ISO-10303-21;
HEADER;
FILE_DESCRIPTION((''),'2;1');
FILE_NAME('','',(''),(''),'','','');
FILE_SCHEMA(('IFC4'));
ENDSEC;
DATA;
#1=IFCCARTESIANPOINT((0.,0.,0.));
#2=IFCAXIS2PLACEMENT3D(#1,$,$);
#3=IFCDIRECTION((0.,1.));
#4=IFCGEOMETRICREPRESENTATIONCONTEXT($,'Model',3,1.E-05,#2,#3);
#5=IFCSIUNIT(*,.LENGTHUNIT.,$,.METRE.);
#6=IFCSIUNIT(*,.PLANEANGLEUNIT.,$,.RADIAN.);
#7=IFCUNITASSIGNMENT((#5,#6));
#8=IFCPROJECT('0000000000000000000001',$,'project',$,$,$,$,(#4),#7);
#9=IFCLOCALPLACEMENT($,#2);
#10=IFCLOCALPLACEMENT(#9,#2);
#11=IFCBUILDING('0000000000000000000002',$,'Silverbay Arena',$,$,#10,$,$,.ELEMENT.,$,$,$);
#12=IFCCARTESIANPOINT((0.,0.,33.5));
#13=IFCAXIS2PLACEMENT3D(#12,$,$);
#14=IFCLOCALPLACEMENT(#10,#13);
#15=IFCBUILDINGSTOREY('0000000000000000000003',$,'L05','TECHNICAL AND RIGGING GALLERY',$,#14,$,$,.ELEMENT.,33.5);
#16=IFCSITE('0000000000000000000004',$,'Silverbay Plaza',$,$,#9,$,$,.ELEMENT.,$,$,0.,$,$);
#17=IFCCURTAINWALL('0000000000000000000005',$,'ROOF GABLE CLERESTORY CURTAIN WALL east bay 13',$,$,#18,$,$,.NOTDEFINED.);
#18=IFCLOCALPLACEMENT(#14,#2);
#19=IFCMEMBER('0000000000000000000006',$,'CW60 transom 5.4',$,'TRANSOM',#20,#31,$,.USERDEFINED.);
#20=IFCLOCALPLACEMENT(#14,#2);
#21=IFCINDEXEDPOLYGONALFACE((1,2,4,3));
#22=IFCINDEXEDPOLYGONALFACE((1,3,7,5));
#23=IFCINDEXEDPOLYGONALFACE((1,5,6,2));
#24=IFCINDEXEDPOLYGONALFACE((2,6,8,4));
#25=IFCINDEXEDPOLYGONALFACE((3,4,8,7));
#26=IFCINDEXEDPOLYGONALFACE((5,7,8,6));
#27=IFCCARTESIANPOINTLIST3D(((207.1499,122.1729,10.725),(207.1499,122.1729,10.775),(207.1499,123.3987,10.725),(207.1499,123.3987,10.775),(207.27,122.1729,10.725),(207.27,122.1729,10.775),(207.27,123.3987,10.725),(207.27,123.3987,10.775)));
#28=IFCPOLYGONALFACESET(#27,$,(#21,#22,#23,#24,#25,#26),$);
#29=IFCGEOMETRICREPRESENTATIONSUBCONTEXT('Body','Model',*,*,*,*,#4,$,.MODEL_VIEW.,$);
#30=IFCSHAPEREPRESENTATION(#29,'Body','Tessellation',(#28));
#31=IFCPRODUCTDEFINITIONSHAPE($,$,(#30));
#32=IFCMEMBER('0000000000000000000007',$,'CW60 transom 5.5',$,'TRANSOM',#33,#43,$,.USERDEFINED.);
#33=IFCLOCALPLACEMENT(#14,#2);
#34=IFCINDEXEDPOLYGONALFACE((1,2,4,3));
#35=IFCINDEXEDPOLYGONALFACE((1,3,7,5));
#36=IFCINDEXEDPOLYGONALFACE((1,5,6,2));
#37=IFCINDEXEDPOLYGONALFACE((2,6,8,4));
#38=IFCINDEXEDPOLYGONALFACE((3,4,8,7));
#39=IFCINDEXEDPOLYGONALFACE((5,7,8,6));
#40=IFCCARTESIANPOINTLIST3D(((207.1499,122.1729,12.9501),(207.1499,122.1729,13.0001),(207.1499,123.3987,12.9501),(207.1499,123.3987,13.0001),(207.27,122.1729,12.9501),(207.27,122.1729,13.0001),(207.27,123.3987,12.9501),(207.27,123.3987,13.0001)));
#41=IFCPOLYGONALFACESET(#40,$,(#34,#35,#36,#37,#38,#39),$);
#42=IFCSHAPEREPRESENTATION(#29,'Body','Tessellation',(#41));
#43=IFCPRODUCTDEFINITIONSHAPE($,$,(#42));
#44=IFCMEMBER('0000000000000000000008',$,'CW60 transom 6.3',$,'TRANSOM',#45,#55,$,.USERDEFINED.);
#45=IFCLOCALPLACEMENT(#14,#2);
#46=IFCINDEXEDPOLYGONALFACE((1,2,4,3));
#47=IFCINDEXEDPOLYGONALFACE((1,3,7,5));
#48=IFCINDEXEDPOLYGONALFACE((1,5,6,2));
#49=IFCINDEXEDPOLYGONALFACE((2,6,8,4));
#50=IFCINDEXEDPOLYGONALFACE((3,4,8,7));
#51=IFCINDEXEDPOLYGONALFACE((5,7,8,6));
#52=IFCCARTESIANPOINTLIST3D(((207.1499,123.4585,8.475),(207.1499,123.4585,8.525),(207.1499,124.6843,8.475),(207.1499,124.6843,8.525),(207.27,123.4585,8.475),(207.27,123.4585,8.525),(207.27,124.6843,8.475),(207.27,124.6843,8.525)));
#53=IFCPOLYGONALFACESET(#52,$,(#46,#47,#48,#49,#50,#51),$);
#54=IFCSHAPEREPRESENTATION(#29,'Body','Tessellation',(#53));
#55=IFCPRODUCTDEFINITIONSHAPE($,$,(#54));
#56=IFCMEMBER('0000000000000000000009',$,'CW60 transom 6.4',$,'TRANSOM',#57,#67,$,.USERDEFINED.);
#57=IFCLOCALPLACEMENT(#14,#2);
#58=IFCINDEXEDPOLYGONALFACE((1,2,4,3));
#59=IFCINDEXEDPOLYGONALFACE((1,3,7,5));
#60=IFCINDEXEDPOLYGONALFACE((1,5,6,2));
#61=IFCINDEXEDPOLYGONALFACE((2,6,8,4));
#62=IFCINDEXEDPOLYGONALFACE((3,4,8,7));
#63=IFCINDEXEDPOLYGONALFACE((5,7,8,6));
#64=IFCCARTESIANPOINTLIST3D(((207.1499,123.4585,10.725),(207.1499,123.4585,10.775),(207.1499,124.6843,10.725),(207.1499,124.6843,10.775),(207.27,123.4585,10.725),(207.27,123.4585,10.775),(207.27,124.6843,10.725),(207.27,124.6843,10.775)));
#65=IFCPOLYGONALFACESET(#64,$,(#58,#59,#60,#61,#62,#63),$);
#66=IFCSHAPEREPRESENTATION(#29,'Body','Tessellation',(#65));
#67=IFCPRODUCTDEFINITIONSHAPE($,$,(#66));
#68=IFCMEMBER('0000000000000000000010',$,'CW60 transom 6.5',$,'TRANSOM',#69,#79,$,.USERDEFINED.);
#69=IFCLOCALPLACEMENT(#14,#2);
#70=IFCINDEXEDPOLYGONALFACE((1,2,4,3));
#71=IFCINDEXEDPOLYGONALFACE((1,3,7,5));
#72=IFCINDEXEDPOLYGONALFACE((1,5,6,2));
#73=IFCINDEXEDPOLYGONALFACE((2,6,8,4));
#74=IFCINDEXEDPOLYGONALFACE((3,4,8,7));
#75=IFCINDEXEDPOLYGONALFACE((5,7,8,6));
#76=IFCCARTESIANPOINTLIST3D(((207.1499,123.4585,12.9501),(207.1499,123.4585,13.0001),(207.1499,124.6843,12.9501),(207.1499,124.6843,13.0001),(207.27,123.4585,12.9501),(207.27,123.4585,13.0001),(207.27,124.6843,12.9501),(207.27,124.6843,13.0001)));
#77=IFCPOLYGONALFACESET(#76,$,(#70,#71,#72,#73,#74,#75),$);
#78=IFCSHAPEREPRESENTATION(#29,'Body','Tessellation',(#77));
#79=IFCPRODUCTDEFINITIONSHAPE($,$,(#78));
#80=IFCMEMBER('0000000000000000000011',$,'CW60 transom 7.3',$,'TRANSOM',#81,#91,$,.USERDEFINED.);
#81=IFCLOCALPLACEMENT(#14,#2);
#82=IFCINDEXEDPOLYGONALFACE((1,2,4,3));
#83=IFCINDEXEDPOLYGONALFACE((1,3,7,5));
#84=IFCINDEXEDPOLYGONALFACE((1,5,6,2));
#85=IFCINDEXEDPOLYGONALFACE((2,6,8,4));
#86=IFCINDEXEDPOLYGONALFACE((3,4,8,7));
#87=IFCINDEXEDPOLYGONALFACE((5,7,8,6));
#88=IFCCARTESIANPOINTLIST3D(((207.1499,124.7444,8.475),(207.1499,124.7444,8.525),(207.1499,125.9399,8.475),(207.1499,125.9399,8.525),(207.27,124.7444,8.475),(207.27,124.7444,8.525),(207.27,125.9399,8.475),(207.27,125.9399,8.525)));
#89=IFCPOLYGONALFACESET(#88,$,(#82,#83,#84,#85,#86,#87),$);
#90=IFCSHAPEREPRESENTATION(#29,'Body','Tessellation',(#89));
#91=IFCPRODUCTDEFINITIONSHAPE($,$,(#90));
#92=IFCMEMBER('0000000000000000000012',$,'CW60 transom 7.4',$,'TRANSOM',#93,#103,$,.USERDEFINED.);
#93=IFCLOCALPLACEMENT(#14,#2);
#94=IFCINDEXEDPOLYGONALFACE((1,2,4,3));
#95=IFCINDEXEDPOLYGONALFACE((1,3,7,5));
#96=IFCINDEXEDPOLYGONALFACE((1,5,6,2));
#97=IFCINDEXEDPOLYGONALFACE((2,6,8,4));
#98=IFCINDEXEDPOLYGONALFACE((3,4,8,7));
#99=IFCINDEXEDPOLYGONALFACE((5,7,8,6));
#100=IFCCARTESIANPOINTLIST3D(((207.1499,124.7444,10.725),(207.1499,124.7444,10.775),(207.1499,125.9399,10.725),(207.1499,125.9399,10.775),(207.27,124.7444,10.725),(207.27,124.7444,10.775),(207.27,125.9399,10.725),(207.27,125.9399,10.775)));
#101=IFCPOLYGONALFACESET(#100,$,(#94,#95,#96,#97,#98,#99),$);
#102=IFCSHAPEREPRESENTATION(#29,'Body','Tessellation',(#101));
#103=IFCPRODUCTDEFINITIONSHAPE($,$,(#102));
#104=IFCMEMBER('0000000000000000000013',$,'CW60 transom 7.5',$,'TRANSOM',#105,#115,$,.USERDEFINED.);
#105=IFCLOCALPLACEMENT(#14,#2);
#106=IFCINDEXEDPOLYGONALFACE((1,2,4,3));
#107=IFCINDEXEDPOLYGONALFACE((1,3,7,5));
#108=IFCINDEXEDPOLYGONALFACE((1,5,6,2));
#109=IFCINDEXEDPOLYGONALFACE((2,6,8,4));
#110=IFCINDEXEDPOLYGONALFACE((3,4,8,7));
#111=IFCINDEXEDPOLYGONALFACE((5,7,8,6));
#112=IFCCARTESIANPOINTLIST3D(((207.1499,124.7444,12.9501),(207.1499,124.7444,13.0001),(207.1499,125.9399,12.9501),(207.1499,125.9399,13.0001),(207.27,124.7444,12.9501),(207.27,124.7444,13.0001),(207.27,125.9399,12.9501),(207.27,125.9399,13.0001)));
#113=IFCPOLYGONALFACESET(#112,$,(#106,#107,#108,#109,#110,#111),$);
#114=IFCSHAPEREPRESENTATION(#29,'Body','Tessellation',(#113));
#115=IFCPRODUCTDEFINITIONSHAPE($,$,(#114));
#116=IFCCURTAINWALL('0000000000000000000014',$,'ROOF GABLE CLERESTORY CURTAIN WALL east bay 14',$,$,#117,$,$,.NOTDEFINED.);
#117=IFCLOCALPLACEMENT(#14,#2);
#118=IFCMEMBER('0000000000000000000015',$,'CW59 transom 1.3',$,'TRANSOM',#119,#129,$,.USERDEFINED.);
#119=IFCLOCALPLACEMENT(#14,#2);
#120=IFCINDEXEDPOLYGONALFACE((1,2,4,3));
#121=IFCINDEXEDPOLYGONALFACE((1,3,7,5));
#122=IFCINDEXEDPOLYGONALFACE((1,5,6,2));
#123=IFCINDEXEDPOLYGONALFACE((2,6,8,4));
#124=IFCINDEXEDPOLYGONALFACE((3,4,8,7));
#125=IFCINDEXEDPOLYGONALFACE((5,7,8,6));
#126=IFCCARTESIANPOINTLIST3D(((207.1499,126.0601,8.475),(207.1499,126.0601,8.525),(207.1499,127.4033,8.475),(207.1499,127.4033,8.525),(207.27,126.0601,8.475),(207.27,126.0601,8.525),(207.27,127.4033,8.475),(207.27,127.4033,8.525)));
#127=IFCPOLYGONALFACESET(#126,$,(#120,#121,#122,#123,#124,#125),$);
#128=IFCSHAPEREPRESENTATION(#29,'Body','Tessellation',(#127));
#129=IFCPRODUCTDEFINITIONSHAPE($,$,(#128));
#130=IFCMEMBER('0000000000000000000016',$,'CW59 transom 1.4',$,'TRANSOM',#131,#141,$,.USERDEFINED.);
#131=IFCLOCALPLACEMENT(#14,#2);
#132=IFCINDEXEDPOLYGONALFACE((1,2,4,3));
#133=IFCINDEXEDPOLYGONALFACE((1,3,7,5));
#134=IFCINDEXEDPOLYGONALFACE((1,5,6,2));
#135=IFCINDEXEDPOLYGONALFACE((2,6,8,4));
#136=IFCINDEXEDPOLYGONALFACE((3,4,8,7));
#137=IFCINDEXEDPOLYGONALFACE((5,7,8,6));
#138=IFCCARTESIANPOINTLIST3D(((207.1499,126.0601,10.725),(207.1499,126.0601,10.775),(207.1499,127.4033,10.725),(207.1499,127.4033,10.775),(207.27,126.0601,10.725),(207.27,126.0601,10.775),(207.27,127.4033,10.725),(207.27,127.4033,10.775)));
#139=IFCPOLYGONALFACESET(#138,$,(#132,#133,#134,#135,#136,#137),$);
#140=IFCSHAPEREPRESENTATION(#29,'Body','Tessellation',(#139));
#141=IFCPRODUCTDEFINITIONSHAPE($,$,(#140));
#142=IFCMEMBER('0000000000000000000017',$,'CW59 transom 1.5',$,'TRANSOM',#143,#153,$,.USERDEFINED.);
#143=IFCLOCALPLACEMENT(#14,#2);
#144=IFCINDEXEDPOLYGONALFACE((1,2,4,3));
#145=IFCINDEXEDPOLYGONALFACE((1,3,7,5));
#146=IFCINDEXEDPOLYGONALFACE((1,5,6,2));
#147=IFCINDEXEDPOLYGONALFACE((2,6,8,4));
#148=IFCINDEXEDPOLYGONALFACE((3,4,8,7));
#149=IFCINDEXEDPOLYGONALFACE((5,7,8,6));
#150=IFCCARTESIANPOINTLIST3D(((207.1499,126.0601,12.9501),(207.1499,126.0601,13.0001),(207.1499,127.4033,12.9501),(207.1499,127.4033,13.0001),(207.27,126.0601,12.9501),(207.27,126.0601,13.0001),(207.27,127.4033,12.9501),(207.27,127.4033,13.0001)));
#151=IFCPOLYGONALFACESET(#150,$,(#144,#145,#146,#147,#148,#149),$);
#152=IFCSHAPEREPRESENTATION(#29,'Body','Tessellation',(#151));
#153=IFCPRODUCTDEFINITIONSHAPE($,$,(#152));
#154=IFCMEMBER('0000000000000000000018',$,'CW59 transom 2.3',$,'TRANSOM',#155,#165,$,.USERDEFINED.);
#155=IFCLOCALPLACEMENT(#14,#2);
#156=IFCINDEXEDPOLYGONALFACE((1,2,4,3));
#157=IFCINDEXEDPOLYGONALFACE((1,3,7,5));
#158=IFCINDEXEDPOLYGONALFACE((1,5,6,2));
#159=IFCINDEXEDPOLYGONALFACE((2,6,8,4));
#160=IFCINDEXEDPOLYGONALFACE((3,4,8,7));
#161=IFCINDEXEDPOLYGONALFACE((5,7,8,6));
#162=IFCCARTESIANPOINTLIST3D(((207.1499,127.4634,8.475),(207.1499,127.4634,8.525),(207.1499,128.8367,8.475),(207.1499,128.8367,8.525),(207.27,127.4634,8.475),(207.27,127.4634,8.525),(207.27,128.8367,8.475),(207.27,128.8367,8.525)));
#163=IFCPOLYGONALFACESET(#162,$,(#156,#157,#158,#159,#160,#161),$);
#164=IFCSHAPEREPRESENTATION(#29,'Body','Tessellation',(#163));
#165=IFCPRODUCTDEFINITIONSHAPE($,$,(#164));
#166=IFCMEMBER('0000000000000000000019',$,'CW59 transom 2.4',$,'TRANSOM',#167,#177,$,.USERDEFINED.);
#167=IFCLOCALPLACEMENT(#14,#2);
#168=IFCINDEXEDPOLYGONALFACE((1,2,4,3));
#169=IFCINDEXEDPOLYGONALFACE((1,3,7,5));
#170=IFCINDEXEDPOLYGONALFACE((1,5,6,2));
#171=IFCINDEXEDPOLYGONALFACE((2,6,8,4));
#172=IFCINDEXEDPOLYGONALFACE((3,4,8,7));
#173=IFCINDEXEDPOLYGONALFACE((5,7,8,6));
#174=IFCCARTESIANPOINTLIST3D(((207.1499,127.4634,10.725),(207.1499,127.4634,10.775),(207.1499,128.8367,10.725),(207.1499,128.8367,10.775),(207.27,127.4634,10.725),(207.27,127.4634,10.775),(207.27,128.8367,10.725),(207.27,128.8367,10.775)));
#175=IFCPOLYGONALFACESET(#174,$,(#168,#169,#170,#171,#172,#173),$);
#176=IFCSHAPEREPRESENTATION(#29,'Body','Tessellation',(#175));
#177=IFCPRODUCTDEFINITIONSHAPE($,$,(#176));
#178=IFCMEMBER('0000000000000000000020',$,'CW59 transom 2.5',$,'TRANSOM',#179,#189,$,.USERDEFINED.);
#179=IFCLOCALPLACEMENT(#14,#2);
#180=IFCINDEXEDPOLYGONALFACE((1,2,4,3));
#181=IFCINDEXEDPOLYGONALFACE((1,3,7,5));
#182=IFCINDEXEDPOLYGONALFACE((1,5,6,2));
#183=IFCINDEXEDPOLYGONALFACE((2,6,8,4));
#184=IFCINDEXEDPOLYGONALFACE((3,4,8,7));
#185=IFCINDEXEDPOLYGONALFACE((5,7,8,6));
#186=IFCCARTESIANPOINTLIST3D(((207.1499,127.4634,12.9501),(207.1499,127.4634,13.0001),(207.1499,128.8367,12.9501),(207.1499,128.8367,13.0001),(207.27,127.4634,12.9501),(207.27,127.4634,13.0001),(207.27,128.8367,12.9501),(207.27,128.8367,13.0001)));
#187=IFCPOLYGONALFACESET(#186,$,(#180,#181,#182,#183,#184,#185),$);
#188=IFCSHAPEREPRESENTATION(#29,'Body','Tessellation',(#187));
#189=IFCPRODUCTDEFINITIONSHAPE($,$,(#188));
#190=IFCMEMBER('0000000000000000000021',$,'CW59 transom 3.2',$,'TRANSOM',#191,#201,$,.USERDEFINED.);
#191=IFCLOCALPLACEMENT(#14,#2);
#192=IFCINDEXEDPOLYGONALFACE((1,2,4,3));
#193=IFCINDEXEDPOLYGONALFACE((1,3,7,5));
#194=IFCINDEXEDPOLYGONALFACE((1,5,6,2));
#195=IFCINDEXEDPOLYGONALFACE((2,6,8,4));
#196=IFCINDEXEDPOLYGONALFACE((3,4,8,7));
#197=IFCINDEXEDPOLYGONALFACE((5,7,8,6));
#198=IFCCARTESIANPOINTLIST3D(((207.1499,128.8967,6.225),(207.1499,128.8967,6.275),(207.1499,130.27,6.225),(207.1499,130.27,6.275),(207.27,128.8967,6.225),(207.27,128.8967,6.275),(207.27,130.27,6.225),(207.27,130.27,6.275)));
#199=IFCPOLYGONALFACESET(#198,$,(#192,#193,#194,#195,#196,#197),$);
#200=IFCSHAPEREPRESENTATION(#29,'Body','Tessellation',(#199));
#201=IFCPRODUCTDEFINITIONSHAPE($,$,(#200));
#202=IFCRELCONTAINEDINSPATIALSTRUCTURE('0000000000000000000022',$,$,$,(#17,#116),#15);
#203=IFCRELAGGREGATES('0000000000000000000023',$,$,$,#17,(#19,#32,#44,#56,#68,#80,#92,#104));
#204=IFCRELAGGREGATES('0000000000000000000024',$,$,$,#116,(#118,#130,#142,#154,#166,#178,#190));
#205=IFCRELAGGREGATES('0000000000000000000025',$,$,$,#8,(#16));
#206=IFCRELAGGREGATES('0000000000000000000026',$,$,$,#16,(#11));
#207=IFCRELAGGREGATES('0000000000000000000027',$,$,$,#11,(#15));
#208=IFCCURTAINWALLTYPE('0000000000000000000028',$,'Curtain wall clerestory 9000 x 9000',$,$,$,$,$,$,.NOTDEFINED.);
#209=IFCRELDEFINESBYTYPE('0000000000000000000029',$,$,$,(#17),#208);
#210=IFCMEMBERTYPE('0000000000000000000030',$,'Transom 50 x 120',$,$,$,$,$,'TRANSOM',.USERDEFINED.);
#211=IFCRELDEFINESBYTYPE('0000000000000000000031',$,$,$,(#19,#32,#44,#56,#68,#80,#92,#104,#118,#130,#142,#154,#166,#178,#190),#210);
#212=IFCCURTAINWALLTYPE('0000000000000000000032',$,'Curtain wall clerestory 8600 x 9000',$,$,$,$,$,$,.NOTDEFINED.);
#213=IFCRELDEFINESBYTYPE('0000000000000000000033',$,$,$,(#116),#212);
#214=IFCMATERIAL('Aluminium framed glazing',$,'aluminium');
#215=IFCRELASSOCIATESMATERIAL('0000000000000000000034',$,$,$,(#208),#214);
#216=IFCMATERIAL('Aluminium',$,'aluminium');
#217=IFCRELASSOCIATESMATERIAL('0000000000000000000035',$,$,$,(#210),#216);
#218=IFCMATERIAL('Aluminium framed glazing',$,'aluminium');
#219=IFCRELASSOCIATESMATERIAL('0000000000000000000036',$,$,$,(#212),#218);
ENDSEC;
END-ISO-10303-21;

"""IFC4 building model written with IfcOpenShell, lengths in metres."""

from ifc_helpers import new_model, si_unit, direction, frame, origin, origin_2d, place, context, subcontext, project, spatial, rectangle, extrude, material, material_profile, profile_set, type_object, element, aggregate, save


model = new_model("IFC4")

# Units and contexts
model_context = context("Model", 3, precision=1e-05, world=origin(), true_north=direction((0.0, 1.0)))
body_context = subcontext(model_context, "Body", "Model", "MODEL_VIEW")
ifc_project = project(units=[si_unit("LENGTHUNIT", "METRE"), si_unit("PLANEANGLEUNIT", "RADIAN")], contexts=[model_context])

# Site, building, storey
site_placement = place(None, origin())
site = spatial("IfcSite", under=ifc_project, at=site_placement, Name="Silverbay Plaza", CompositionType="ELEMENT", RefElevation=0.0)
building_placement = place(site_placement, origin())
building = spatial("IfcBuilding", under=site, at=building_placement, Name="Silverbay Arena", CompositionType="ELEMENT")
storey_placement = place(building_placement, frame((0.0, 0.0, 33.5)))
storey = spatial("IfcBuildingStorey", under=building, at=storey_placement, Name="L05", Description="TECHNICAL AND RIGGING GALLERY", CompositionType="ELEMENT", Elevation=33.5)

# Curtain wall, members
ifc_material_1 = material(Name="Aluminium framed glazing", Category="aluminium")
curtain_wall_type_1 = type_object("IfcCurtainWallType", Name="Curtain wall clerestory 9000 x 9000", PredefinedType="NOTDEFINED", material=ifc_material_1)
curtain_wall_1_placement = place(storey_placement, origin())
curtain_wall_1 = element("IfcCurtainWall", 1, at=curtain_wall_1_placement, inside=storey, type_object=curtain_wall_type_1, Name="ROOF GABLE CLERESTORY CURTAIN WALL east bay 13", PredefinedType="NOTDEFINED")
ifc_material_2 = material(Name="Aluminium", Category="aluminium")
ifc_material_profile_1 = material_profile(ifc_material_2, rectangle(XDim=0.1201, YDim=0.05, at=origin_2d()), Name="Transom 50 x 120")
ifc_profile_set_1 = profile_set([ifc_material_profile_1], Name="Aluminium")
member_type_1 = type_object("IfcMemberType", Name="Transom 50 x 120", ElementType="TRANSOM", PredefinedType="USERDEFINED", material=ifc_profile_set_1)
member_1_placement = place(storey_placement, frame((207.21, 122.1729, 10.75), z_axis=(0.0, 1.0, 0.0), x_axis=(-1.0, 0.0, 0.0)))
member_1 = element("IfcMember", 2, at=member_1_placement, type_object=member_type_1, Name="CW60 transom 5.4", ObjectType="TRANSOM", PredefinedType="USERDEFINED", context=body_context, shape_type="SweptSolid", body=[
    extrude(rectangle(XDim=0.1201, YDim=0.05, at=origin_2d()), origin(), (0.0, 0.0, 1.0), 1.2258),
])
member_2_placement = place(storey_placement, frame((207.21, 122.1729, 12.9751), z_axis=(0.0, 1.0, 0.0), x_axis=(-1.0, 0.0, 0.0)))
member_2 = element("IfcMember", 3, at=member_2_placement, type_object=member_type_1, Name="CW60 transom 5.5", ObjectType="TRANSOM", PredefinedType="USERDEFINED", context=body_context, shape_type="SweptSolid", body=[
    extrude(rectangle(XDim=0.1201, YDim=0.05, at=origin_2d()), origin(), (0.0, 0.0, 1.0), 1.2258),
])
member_3_placement = place(storey_placement, frame((207.21, 123.4585, 8.5), z_axis=(0.0, 1.0, 0.0), x_axis=(-1.0, 0.0, 0.0)))
member_3 = element("IfcMember", 4, at=member_3_placement, type_object=member_type_1, Name="CW60 transom 6.3", ObjectType="TRANSOM", PredefinedType="USERDEFINED", context=body_context, shape_type="SweptSolid", body=[
    extrude(rectangle(XDim=0.1201, YDim=0.05, at=origin_2d()), origin(), (0.0, 0.0, 1.0), 1.2258),
])
member_4_placement = place(storey_placement, frame((207.21, 123.4585, 10.75), z_axis=(0.0, 1.0, 0.0), x_axis=(-1.0, 0.0, 0.0)))
member_4 = element("IfcMember", 5, at=member_4_placement, type_object=member_type_1, Name="CW60 transom 6.4", ObjectType="TRANSOM", PredefinedType="USERDEFINED", context=body_context, shape_type="SweptSolid", body=[
    extrude(rectangle(XDim=0.1201, YDim=0.05, at=origin_2d()), origin(), (0.0, 0.0, 1.0), 1.2258),
])
member_5_placement = place(storey_placement, frame((207.21, 123.4585, 12.9751), z_axis=(0.0, 1.0, 0.0), x_axis=(-1.0, 0.0, 0.0)))
member_5 = element("IfcMember", 6, at=member_5_placement, type_object=member_type_1, Name="CW60 transom 6.5", ObjectType="TRANSOM", PredefinedType="USERDEFINED", context=body_context, shape_type="SweptSolid", body=[
    extrude(rectangle(XDim=0.1201, YDim=0.05, at=origin_2d()), origin(), (0.0, 0.0, 1.0), 1.2258),
])
member_6_placement = place(storey_placement, frame((207.21, 124.7444, 8.5), z_axis=(0.0, 1.0, 0.0), x_axis=(-1.0, 0.0, 0.0)))
member_6 = element("IfcMember", 7, at=member_6_placement, type_object=member_type_1, Name="CW60 transom 7.3", ObjectType="TRANSOM", PredefinedType="USERDEFINED", context=body_context, shape_type="SweptSolid", body=[
    extrude(rectangle(XDim=0.1201, YDim=0.05, at=origin_2d()), origin(), (0.0, 0.0, 1.0), 1.1956),
])
member_7_placement = place(storey_placement, frame((207.21, 124.7444, 10.75), z_axis=(0.0, 1.0, 0.0), x_axis=(-1.0, 0.0, 0.0)))
member_7 = element("IfcMember", 8, at=member_7_placement, type_object=member_type_1, Name="CW60 transom 7.4", ObjectType="TRANSOM", PredefinedType="USERDEFINED", context=body_context, shape_type="SweptSolid", body=[
    extrude(rectangle(XDim=0.1201, YDim=0.05, at=origin_2d()), origin(), (0.0, 0.0, 1.0), 1.1956),
])
member_8_placement = place(storey_placement, frame((207.21, 124.7444, 12.9751), z_axis=(0.0, 1.0, 0.0), x_axis=(-1.0, 0.0, 0.0)))
member_8 = element("IfcMember", 9, at=member_8_placement, type_object=member_type_1, Name="CW60 transom 7.5", ObjectType="TRANSOM", PredefinedType="USERDEFINED", context=body_context, shape_type="SweptSolid", body=[
    extrude(rectangle(XDim=0.1201, YDim=0.05, at=origin_2d()), origin(), (0.0, 0.0, 1.0), 1.1956),
])
aggregate(curtain_wall_1, [member_1, member_2, member_3, member_4, member_5, member_6, member_7, member_8])

# Curtain wall, members
ifc_material_3 = material(Name="Aluminium framed glazing", Category="aluminium")
curtain_wall_type_2 = type_object("IfcCurtainWallType", Name="Curtain wall clerestory 8600 x 9000", PredefinedType="NOTDEFINED", material=ifc_material_3)
curtain_wall_2_placement = place(storey_placement, origin())
curtain_wall_2 = element("IfcCurtainWall", 10, at=curtain_wall_2_placement, inside=storey, type_object=curtain_wall_type_2, Name="ROOF GABLE CLERESTORY CURTAIN WALL east bay 14", PredefinedType="NOTDEFINED")
member_9_placement = place(storey_placement, frame((207.21, 126.0601, 8.5), z_axis=(0.0, 1.0, 0.0), x_axis=(-1.0, 0.0, 0.0)))
member_9 = element("IfcMember", 11, at=member_9_placement, type_object=member_type_1, Name="CW59 transom 1.3", ObjectType="TRANSOM", PredefinedType="USERDEFINED", context=body_context, shape_type="SweptSolid", body=[
    extrude(rectangle(XDim=0.1201, YDim=0.05, at=origin_2d()), origin(), (0.0, 0.0, 1.0), 1.3433),
])
member_10_placement = place(storey_placement, frame((207.21, 126.0601, 10.75), z_axis=(0.0, 1.0, 0.0), x_axis=(-1.0, 0.0, 0.0)))
member_10 = element("IfcMember", 12, at=member_10_placement, type_object=member_type_1, Name="CW59 transom 1.4", ObjectType="TRANSOM", PredefinedType="USERDEFINED", context=body_context, shape_type="SweptSolid", body=[
    extrude(rectangle(XDim=0.1201, YDim=0.05, at=origin_2d()), origin(), (0.0, 0.0, 1.0), 1.3433),
])
member_11_placement = place(storey_placement, frame((207.21, 126.0601, 12.9751), z_axis=(0.0, 1.0, 0.0), x_axis=(-1.0, 0.0, 0.0)))
member_11 = element("IfcMember", 13, at=member_11_placement, type_object=member_type_1, Name="CW59 transom 1.5", ObjectType="TRANSOM", PredefinedType="USERDEFINED", context=body_context, shape_type="SweptSolid", body=[
    extrude(rectangle(XDim=0.1201, YDim=0.05, at=origin_2d()), origin(), (0.0, 0.0, 1.0), 1.3433),
])
member_12_placement = place(storey_placement, frame((207.21, 127.4634, 8.5), z_axis=(0.0, 1.0, 0.0), x_axis=(-1.0, 0.0, 0.0)))
member_12 = element("IfcMember", 14, at=member_12_placement, type_object=member_type_1, Name="CW59 transom 2.3", ObjectType="TRANSOM", PredefinedType="USERDEFINED", context=body_context, shape_type="SweptSolid", body=[
    extrude(rectangle(XDim=0.1201, YDim=0.05, at=origin_2d()), origin(), (0.0, 0.0, 1.0), 1.3733),
])
member_13_placement = place(storey_placement, frame((207.21, 127.4634, 10.75), z_axis=(0.0, 1.0, 0.0), x_axis=(-1.0, 0.0, 0.0)))
member_13 = element("IfcMember", 15, at=member_13_placement, type_object=member_type_1, Name="CW59 transom 2.4", ObjectType="TRANSOM", PredefinedType="USERDEFINED", context=body_context, shape_type="SweptSolid", body=[
    extrude(rectangle(XDim=0.1201, YDim=0.05, at=origin_2d()), origin(), (0.0, 0.0, 1.0), 1.3733),
])
member_14_placement = place(storey_placement, frame((207.21, 127.4634, 12.9751), z_axis=(0.0, 1.0, 0.0), x_axis=(-1.0, 0.0, 0.0)))
member_14 = element("IfcMember", 16, at=member_14_placement, type_object=member_type_1, Name="CW59 transom 2.5", ObjectType="TRANSOM", PredefinedType="USERDEFINED", context=body_context, shape_type="SweptSolid", body=[
    extrude(rectangle(XDim=0.1201, YDim=0.05, at=origin_2d()), origin(), (0.0, 0.0, 1.0), 1.3733),
])
member_15_placement = place(storey_placement, frame((207.21, 128.8967, 6.25), z_axis=(0.0, 1.0, 0.0), x_axis=(-1.0, 0.0, 0.0)))
member_15 = element("IfcMember", 17, at=member_15_placement, type_object=member_type_1, Name="CW59 transom 3.2", ObjectType="TRANSOM", PredefinedType="USERDEFINED", context=body_context, shape_type="SweptSolid", body=[
    extrude(rectangle(XDim=0.1201, YDim=0.05, at=origin_2d()), origin(), (0.0, 0.0, 1.0), 1.3733),
])
aggregate(curtain_wall_2, [member_9, member_10, member_11, member_12, member_13, member_14, member_15])

save(model, "model.ifc")
